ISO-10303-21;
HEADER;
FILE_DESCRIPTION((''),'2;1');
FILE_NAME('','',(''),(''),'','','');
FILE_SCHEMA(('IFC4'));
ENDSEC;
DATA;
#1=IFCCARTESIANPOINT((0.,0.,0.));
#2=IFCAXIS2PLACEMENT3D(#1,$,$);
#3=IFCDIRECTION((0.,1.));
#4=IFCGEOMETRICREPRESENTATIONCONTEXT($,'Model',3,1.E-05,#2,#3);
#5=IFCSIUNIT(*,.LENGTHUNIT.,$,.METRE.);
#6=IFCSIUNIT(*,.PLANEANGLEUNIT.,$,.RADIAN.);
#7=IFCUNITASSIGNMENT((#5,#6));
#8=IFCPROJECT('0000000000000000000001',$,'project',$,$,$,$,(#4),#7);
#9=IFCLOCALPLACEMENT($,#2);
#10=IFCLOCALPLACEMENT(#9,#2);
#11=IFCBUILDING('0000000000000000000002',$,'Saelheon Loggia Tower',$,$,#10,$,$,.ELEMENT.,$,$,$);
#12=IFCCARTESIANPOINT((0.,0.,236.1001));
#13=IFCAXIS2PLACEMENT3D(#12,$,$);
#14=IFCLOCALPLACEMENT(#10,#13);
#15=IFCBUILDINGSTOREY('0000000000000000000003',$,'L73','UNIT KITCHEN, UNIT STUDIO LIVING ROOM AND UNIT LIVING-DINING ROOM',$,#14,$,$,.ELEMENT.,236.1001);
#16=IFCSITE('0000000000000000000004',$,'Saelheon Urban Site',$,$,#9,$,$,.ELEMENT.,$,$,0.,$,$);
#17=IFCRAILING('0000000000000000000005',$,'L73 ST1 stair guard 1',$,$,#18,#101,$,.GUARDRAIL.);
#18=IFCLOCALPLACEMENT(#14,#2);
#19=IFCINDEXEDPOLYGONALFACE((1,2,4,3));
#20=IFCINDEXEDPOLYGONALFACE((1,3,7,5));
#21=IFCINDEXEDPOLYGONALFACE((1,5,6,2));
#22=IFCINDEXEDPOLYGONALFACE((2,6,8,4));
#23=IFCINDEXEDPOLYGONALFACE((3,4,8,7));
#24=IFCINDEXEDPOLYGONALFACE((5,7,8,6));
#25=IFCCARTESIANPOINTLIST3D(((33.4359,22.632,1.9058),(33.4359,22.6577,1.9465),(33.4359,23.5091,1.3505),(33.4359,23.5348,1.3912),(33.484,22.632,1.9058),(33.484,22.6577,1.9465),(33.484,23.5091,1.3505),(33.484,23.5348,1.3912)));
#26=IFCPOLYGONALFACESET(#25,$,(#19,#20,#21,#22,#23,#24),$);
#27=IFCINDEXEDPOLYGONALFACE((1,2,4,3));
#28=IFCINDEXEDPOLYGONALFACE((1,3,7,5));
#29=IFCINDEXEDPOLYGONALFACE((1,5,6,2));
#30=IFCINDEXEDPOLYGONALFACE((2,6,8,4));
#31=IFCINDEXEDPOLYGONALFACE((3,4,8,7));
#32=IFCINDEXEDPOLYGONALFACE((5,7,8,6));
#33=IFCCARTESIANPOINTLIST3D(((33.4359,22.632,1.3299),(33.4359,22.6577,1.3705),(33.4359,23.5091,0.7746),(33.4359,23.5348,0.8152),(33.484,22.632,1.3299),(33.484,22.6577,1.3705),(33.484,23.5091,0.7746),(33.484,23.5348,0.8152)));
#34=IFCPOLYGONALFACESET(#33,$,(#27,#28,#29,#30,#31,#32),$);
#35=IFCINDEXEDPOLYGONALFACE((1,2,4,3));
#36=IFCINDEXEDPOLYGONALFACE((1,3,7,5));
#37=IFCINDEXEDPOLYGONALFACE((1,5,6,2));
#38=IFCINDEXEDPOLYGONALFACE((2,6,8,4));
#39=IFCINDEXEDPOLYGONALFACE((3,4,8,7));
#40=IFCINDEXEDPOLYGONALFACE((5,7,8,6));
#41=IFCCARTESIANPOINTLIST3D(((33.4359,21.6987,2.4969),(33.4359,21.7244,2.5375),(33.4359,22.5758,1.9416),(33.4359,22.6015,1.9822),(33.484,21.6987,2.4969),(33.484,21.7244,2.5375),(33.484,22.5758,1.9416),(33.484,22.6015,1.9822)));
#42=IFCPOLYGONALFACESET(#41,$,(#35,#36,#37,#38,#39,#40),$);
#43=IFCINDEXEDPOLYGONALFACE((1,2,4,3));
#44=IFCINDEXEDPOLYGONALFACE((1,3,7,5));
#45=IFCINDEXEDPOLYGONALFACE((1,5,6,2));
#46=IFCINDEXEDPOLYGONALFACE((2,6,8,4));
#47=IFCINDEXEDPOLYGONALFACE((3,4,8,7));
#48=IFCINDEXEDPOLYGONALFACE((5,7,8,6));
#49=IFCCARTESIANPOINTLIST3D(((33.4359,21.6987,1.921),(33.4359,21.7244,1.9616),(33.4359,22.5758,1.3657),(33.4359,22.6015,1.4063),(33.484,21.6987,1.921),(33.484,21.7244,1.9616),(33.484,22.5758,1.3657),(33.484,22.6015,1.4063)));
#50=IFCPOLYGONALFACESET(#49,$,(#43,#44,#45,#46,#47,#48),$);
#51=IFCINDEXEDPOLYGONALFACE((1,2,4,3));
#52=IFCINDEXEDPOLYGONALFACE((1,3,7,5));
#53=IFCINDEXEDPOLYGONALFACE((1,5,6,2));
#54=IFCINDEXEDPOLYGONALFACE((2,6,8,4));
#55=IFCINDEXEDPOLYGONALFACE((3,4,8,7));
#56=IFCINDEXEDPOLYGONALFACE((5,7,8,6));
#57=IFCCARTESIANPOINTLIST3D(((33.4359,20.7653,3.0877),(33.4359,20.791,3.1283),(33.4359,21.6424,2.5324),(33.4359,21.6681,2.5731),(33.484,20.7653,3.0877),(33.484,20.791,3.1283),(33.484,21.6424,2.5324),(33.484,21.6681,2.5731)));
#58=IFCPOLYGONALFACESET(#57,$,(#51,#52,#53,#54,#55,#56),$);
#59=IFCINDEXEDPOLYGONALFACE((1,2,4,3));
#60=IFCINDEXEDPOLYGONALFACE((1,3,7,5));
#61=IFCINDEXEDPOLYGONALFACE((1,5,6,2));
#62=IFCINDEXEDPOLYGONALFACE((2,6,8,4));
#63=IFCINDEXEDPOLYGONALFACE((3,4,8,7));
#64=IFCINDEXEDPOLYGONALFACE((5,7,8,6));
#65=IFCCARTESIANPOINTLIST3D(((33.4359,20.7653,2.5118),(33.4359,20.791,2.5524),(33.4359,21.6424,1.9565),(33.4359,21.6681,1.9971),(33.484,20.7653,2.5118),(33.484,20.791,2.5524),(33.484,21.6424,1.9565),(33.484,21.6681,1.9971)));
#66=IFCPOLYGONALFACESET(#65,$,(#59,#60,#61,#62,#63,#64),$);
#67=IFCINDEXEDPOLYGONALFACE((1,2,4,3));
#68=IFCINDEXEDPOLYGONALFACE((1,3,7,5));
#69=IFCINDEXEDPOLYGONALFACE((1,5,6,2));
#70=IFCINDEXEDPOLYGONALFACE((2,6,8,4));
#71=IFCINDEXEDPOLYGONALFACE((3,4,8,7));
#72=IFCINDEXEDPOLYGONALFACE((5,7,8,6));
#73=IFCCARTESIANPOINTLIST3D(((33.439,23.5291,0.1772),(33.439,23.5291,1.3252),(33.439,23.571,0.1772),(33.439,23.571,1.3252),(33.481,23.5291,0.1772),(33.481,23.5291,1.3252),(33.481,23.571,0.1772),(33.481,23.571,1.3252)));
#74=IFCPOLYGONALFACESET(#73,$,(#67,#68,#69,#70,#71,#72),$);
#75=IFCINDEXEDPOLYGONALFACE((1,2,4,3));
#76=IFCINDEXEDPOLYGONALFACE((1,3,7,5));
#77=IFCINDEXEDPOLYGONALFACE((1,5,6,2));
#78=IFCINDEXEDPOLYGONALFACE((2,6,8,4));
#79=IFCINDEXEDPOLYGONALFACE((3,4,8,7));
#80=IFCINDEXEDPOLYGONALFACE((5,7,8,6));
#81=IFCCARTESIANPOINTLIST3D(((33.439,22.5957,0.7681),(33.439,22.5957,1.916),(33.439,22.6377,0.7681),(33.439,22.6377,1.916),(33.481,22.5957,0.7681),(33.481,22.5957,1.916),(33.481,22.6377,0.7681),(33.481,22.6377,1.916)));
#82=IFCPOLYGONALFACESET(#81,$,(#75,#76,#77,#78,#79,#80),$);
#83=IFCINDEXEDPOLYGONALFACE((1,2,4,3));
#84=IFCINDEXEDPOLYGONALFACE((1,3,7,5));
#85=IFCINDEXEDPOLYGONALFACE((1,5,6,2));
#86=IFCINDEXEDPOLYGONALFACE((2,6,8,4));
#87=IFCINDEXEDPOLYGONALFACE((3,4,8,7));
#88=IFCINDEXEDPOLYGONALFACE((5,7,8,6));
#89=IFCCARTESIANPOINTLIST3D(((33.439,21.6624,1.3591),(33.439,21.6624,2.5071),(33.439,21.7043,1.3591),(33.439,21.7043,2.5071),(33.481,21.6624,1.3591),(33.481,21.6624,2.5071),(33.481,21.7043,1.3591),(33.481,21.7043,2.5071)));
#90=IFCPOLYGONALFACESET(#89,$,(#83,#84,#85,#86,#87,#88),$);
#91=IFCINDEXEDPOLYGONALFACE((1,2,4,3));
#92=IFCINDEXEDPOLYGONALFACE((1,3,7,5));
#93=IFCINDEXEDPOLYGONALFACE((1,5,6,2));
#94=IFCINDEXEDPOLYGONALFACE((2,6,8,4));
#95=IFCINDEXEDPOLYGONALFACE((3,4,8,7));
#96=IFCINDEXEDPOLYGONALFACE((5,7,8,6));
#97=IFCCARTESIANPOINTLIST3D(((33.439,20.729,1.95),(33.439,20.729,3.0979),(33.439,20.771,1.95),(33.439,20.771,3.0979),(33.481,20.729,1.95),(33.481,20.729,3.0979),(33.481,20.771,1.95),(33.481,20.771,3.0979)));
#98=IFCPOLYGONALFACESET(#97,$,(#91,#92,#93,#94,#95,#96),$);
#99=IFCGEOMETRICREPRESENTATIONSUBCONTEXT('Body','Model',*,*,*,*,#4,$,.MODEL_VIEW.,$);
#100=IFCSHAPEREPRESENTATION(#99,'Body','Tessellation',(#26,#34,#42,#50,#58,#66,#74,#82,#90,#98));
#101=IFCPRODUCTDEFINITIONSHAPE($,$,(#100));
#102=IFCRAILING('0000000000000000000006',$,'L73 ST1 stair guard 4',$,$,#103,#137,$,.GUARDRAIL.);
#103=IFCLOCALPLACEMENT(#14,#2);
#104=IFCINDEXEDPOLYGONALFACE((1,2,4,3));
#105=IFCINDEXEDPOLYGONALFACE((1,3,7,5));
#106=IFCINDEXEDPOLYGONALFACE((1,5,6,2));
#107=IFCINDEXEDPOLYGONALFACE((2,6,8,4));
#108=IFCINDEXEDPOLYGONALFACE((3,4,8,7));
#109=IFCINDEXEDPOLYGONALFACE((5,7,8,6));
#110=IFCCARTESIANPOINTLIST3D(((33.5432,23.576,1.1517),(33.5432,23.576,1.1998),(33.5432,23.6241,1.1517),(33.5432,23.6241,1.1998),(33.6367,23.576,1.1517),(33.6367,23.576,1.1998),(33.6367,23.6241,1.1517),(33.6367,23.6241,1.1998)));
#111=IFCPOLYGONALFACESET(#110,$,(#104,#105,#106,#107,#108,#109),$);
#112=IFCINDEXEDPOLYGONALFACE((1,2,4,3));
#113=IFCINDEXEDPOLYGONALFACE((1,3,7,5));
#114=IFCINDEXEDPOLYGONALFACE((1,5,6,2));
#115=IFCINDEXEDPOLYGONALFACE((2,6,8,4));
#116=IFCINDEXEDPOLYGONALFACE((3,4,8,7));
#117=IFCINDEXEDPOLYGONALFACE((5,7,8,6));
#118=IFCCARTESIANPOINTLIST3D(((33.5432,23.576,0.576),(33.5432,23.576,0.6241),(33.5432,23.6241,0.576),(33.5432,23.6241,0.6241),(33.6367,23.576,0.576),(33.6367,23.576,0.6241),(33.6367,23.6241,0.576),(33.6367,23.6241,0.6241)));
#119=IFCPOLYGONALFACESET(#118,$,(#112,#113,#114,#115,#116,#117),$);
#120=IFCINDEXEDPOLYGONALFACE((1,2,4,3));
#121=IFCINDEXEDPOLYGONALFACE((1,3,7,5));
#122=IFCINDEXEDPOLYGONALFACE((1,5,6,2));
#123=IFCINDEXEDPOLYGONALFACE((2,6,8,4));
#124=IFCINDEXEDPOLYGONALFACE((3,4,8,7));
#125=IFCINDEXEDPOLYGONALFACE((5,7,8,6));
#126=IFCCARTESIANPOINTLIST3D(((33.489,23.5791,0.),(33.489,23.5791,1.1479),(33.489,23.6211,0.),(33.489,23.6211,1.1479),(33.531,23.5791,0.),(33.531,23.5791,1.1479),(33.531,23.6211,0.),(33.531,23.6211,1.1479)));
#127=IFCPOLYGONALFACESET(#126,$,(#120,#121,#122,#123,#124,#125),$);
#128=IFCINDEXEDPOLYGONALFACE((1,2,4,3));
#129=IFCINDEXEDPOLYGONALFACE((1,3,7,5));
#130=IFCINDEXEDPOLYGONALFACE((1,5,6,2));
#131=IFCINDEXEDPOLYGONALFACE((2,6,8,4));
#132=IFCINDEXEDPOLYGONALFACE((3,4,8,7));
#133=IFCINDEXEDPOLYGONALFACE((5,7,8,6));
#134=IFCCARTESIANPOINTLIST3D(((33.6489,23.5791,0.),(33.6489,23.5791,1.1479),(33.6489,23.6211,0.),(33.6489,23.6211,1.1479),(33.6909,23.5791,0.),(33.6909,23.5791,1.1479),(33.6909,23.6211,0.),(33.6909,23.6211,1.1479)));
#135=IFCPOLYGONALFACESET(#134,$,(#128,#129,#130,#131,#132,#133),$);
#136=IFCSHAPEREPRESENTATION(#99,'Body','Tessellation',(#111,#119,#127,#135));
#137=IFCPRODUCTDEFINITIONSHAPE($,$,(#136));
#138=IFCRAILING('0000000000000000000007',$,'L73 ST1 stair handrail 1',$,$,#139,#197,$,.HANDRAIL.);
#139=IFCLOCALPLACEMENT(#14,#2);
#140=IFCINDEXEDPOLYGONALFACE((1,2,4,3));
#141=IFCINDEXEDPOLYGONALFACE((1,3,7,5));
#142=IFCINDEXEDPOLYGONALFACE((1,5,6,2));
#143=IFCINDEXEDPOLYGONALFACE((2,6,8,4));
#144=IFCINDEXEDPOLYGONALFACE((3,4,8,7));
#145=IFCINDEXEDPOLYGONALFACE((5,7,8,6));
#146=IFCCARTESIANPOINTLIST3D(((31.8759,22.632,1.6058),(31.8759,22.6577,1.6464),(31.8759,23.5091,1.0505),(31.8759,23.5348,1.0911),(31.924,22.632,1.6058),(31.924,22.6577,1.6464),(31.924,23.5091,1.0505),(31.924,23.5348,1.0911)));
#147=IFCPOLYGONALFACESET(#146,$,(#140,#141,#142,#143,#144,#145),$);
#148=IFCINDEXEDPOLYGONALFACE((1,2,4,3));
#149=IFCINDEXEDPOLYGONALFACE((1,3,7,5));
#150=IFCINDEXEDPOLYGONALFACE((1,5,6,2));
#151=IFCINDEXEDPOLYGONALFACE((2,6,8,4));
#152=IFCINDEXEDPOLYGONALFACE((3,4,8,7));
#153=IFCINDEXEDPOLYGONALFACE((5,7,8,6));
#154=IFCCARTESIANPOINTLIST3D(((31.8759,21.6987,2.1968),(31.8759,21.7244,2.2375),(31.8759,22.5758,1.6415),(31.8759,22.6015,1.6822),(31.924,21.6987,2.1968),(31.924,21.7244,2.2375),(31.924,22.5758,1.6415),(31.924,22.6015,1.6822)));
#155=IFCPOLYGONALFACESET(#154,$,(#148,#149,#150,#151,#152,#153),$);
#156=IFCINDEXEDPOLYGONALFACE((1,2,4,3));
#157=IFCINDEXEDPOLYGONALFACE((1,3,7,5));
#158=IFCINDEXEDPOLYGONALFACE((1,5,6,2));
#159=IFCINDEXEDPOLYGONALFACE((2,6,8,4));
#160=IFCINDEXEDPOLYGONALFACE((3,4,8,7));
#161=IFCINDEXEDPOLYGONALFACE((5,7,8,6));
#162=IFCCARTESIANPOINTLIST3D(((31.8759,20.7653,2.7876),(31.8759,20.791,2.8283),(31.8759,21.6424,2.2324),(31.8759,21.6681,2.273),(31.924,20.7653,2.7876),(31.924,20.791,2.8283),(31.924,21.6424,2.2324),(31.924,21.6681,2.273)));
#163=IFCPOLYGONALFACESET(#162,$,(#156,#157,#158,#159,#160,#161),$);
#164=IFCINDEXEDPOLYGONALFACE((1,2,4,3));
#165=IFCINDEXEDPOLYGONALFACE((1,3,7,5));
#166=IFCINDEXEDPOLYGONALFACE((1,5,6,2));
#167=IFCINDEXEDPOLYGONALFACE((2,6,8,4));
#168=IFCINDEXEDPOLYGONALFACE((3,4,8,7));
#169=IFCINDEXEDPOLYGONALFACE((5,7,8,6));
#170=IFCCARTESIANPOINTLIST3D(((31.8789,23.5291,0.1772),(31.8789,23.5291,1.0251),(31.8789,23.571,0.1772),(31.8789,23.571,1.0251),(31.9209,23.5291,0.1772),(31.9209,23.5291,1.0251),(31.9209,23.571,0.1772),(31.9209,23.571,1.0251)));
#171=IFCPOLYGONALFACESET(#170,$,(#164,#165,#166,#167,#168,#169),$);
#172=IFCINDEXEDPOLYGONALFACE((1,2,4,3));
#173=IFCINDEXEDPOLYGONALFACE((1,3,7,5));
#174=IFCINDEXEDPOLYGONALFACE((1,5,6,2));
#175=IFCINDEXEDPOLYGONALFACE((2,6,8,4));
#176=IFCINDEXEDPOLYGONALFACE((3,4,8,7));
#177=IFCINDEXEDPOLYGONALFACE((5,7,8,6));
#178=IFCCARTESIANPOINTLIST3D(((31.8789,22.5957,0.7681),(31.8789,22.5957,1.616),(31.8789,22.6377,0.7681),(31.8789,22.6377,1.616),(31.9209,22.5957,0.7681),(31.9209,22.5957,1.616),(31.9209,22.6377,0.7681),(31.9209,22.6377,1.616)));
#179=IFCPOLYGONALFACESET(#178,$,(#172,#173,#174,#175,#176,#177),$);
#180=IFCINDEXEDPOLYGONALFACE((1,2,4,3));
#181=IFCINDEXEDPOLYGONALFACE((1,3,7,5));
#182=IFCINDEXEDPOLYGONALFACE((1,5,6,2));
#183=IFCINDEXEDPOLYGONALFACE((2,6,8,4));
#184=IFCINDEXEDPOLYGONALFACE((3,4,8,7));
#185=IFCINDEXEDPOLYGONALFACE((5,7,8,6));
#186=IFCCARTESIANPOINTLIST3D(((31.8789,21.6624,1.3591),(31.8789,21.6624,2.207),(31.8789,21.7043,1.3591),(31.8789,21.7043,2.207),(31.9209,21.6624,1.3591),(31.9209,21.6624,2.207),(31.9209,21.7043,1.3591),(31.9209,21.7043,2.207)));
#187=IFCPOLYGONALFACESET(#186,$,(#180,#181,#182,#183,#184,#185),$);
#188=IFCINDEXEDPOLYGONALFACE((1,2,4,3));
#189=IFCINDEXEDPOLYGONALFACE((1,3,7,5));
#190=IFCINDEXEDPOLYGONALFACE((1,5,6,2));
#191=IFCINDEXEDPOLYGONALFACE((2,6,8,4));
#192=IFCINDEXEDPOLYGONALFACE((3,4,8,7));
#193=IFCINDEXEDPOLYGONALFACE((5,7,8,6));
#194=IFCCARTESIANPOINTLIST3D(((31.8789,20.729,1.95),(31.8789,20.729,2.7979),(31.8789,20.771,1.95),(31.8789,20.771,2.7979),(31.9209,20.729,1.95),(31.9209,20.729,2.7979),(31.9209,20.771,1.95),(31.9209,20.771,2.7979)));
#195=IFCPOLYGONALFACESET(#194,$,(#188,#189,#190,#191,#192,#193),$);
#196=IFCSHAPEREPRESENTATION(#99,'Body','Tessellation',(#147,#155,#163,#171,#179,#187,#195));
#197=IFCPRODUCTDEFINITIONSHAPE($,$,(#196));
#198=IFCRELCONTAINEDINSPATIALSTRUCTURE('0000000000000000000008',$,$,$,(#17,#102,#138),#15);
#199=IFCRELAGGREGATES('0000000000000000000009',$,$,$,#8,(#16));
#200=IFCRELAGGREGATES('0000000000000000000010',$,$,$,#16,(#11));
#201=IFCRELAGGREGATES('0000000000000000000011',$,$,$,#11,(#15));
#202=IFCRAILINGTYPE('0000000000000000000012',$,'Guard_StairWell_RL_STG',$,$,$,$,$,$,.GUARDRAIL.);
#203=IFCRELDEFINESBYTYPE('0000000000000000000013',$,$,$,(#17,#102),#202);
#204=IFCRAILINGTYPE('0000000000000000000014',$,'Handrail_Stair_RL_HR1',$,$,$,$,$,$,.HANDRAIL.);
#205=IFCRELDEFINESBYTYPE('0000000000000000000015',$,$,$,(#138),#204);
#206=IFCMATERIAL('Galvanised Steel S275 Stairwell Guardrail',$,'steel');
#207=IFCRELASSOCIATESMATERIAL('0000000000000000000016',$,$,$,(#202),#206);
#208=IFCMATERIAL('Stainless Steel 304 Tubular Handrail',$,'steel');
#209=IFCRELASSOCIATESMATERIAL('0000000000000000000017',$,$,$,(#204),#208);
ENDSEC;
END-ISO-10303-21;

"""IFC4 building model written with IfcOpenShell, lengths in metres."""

from ifc_helpers import new_model, si_unit, direction, frame, origin, origin_2d, place, context, subcontext, project, spatial, rectangle, extrude, material, type_object, element, save


model = new_model("IFC4")

# Units and contexts
model_context = context("Model", 3, precision=1e-05, world=origin(), true_north=direction((0.0, 1.0)))
body_context = subcontext(model_context, "Body", "Model", "MODEL_VIEW")
ifc_project = project(units=[si_unit("LENGTHUNIT", "METRE"), si_unit("PLANEANGLEUNIT", "RADIAN")], contexts=[model_context])

# Site, building, storey
site_placement = place(None, origin())
site = spatial("IfcSite", under=ifc_project, at=site_placement, Name="Saelheon Urban Site", CompositionType="ELEMENT", RefElevation=0.0)
building_placement = place(site_placement, origin())
building = spatial("IfcBuilding", under=site, at=building_placement, Name="Saelheon Loggia Tower", CompositionType="ELEMENT")
storey_placement = place(building_placement, frame((0.0, 0.0, 236.1001)))
storey = spatial("IfcBuildingStorey", under=building, at=storey_placement, Name="L73", Description="UNIT KITCHEN, UNIT STUDIO LIVING ROOM AND UNIT LIVING-DINING ROOM", CompositionType="ELEMENT", Elevation=236.1001)

# Railings
ifc_material_1 = material(Name="Galvanised Steel S275 Stairwell Guardrail", Category="steel")
railing_type_1 = type_object("IfcRailingType", Name="Guard_StairWell_RL_STG", PredefinedType="GUARDRAIL", material=ifc_material_1)
railing_1_placement = place(storey_placement, frame((33.46, 23.55, 0.1772)))
element("IfcRailing", 1, at=railing_1_placement, inside=storey, type_object=railing_type_1, Name="L73 ST1 stair guard 1", PredefinedType="GUARDRAIL", context=body_context, shape_type="SweptSolid", body=[
    extrude(rectangle(XDim=0.0481, YDim=0.0481, at=origin_2d()), frame((0.0, -0.0281, 1.1936), z_axis=(0.0, -0.844909, 0.53491), x_axis=(1.0, 0.0, 0.0)), (0.0, 0.0, 1.0), 1.0381),
    extrude(rectangle(XDim=0.0481, YDim=0.0481, at=origin_2d()), frame((0.0, -0.0281, 0.6177), z_axis=(0.0, -0.844909, 0.53491), x_axis=(1.0, 0.0, 0.0)), (0.0, 0.0, 1.0), 1.0381),
    extrude(rectangle(XDim=0.0481, YDim=0.0481, at=origin_2d()), frame((0.0, -0.9614, 1.7847), z_axis=(0.0, -0.844909, 0.53491), x_axis=(1.0, 0.0, 0.0)), (0.0, 0.0, 1.0), 1.0381),
    extrude(rectangle(XDim=0.0481, YDim=0.0481, at=origin_2d()), frame((0.0, -0.9614, 1.2087), z_axis=(0.0, -0.844909, 0.53491), x_axis=(1.0, 0.0, 0.0)), (0.0, 0.0, 1.0), 1.0381),
    extrude(rectangle(XDim=0.0481, YDim=0.0481, at=origin_2d()), frame((0.0, -1.8948, 2.3755), z_axis=(0.0, -0.844909, 0.53491), x_axis=(1.0, 0.0, 0.0)), (0.0, 0.0, 1.0), 1.0381),
    extrude(rectangle(XDim=0.0481, YDim=0.0481, at=origin_2d()), frame((0.0, -1.8948, 1.7996), z_axis=(0.0, -0.844909, 0.53491), x_axis=(1.0, 0.0, 0.0)), (0.0, 0.0, 1.0), 1.0381),
    extrude(rectangle(XDim=0.042, YDim=0.042, at=origin_2d()), origin(), (0.0, 0.0, 1.0), 1.1479),
    extrude(rectangle(XDim=0.042, YDim=0.042, at=origin_2d()), frame((0.0, -0.9333, 0.5908)), (0.0, 0.0, 1.0), 1.1479),
    extrude(rectangle(XDim=0.042, YDim=0.042, at=origin_2d()), frame((0.0, -1.8667, 1.1819)), (0.0, 0.0, 1.0), 1.1479),
    extrude(rectangle(XDim=0.042, YDim=0.042, at=origin_2d()), frame((0.0, -2.8, 1.7727)), (0.0, 0.0, 1.0), 1.1479),
])
railing_2_placement = place(storey_placement, frame((33.51, 23.6001, 0.0)))
element("IfcRailing", 2, at=railing_2_placement, inside=storey, type_object=railing_type_1, Name="L73 ST1 stair guard 4", PredefinedType="GUARDRAIL", context=body_context, shape_type="SweptSolid", body=[
    extrude(rectangle(XDim=0.0481, YDim=0.0481, at=origin_2d()), frame((0.0332, 0.0, 1.1758), z_axis=(1.0, 0.0, 0.0), x_axis=(0.0, 1.0, 0.0)), (0.0, 0.0, 1.0), 0.0935),
    extrude(rectangle(XDim=0.0481, YDim=0.0481, at=origin_2d()), frame((0.0332, 0.0, 0.6001), z_axis=(1.0, 0.0, 0.0), x_axis=(0.0, 1.0, 0.0)), (0.0, 0.0, 1.0), 0.0935),
    extrude(rectangle(XDim=0.042, YDim=0.042, at=origin_2d()), origin(), (0.0, 0.0, 1.0), 1.1479),
    extrude(rectangle(XDim=0.042, YDim=0.042, at=origin_2d()), frame((0.1599, 0.0, 0.0)), (0.0, 0.0, 1.0), 1.1479),
])
ifc_material_2 = material(Name="Stainless Steel 304 Tubular Handrail", Category="steel")
railing_type_2 = type_object("IfcRailingType", Name="Handrail_Stair_RL_HR1", PredefinedType="HANDRAIL", material=ifc_material_2)
railing_3_placement = place(storey_placement, frame((31.8999, 23.55, 0.1772)))
element("IfcRailing", 3, at=railing_3_placement, inside=storey, type_object=railing_type_2, Name="L73 ST1 stair handrail 1", PredefinedType="HANDRAIL", context=body_context, shape_type="SweptSolid", body=[
    extrude(rectangle(XDim=0.0481, YDim=0.0481, at=origin_2d()), frame((0.0, -0.0281, 0.8936), z_axis=(0.0, -0.844909, 0.53491), x_axis=(1.0, 0.0, 0.0)), (0.0, 0.0, 1.0), 1.0381),
    extrude(rectangle(XDim=0.0481, YDim=0.0481, at=origin_2d()), frame((0.0, -0.9614, 1.4846), z_axis=(0.0, -0.844909, 0.53491), x_axis=(1.0, 0.0, 0.0)), (0.0, 0.0, 1.0), 1.0381),
    extrude(rectangle(XDim=0.0481, YDim=0.0481, at=origin_2d()), frame((0.0, -1.8948, 2.0754), z_axis=(0.0, -0.844909, 0.53491), x_axis=(1.0, 0.0, 0.0)), (0.0, 0.0, 1.0), 1.0381),
    extrude(rectangle(XDim=0.042, YDim=0.042, at=origin_2d()), origin(), (0.0, 0.0, 1.0), 0.8479),
    extrude(rectangle(XDim=0.042, YDim=0.042, at=origin_2d()), frame((0.0, -0.9333, 0.5908)), (0.0, 0.0, 1.0), 0.8479),
    extrude(rectangle(XDim=0.042, YDim=0.042, at=origin_2d()), frame((0.0, -1.8667, 1.1819)), (0.0, 0.0, 1.0), 0.8479),
    extrude(rectangle(XDim=0.042, YDim=0.042, at=origin_2d()), frame((0.0, -2.8, 1.7727)), (0.0, 0.0, 1.0), 0.8479),
])

save(model, "model.ifc")
